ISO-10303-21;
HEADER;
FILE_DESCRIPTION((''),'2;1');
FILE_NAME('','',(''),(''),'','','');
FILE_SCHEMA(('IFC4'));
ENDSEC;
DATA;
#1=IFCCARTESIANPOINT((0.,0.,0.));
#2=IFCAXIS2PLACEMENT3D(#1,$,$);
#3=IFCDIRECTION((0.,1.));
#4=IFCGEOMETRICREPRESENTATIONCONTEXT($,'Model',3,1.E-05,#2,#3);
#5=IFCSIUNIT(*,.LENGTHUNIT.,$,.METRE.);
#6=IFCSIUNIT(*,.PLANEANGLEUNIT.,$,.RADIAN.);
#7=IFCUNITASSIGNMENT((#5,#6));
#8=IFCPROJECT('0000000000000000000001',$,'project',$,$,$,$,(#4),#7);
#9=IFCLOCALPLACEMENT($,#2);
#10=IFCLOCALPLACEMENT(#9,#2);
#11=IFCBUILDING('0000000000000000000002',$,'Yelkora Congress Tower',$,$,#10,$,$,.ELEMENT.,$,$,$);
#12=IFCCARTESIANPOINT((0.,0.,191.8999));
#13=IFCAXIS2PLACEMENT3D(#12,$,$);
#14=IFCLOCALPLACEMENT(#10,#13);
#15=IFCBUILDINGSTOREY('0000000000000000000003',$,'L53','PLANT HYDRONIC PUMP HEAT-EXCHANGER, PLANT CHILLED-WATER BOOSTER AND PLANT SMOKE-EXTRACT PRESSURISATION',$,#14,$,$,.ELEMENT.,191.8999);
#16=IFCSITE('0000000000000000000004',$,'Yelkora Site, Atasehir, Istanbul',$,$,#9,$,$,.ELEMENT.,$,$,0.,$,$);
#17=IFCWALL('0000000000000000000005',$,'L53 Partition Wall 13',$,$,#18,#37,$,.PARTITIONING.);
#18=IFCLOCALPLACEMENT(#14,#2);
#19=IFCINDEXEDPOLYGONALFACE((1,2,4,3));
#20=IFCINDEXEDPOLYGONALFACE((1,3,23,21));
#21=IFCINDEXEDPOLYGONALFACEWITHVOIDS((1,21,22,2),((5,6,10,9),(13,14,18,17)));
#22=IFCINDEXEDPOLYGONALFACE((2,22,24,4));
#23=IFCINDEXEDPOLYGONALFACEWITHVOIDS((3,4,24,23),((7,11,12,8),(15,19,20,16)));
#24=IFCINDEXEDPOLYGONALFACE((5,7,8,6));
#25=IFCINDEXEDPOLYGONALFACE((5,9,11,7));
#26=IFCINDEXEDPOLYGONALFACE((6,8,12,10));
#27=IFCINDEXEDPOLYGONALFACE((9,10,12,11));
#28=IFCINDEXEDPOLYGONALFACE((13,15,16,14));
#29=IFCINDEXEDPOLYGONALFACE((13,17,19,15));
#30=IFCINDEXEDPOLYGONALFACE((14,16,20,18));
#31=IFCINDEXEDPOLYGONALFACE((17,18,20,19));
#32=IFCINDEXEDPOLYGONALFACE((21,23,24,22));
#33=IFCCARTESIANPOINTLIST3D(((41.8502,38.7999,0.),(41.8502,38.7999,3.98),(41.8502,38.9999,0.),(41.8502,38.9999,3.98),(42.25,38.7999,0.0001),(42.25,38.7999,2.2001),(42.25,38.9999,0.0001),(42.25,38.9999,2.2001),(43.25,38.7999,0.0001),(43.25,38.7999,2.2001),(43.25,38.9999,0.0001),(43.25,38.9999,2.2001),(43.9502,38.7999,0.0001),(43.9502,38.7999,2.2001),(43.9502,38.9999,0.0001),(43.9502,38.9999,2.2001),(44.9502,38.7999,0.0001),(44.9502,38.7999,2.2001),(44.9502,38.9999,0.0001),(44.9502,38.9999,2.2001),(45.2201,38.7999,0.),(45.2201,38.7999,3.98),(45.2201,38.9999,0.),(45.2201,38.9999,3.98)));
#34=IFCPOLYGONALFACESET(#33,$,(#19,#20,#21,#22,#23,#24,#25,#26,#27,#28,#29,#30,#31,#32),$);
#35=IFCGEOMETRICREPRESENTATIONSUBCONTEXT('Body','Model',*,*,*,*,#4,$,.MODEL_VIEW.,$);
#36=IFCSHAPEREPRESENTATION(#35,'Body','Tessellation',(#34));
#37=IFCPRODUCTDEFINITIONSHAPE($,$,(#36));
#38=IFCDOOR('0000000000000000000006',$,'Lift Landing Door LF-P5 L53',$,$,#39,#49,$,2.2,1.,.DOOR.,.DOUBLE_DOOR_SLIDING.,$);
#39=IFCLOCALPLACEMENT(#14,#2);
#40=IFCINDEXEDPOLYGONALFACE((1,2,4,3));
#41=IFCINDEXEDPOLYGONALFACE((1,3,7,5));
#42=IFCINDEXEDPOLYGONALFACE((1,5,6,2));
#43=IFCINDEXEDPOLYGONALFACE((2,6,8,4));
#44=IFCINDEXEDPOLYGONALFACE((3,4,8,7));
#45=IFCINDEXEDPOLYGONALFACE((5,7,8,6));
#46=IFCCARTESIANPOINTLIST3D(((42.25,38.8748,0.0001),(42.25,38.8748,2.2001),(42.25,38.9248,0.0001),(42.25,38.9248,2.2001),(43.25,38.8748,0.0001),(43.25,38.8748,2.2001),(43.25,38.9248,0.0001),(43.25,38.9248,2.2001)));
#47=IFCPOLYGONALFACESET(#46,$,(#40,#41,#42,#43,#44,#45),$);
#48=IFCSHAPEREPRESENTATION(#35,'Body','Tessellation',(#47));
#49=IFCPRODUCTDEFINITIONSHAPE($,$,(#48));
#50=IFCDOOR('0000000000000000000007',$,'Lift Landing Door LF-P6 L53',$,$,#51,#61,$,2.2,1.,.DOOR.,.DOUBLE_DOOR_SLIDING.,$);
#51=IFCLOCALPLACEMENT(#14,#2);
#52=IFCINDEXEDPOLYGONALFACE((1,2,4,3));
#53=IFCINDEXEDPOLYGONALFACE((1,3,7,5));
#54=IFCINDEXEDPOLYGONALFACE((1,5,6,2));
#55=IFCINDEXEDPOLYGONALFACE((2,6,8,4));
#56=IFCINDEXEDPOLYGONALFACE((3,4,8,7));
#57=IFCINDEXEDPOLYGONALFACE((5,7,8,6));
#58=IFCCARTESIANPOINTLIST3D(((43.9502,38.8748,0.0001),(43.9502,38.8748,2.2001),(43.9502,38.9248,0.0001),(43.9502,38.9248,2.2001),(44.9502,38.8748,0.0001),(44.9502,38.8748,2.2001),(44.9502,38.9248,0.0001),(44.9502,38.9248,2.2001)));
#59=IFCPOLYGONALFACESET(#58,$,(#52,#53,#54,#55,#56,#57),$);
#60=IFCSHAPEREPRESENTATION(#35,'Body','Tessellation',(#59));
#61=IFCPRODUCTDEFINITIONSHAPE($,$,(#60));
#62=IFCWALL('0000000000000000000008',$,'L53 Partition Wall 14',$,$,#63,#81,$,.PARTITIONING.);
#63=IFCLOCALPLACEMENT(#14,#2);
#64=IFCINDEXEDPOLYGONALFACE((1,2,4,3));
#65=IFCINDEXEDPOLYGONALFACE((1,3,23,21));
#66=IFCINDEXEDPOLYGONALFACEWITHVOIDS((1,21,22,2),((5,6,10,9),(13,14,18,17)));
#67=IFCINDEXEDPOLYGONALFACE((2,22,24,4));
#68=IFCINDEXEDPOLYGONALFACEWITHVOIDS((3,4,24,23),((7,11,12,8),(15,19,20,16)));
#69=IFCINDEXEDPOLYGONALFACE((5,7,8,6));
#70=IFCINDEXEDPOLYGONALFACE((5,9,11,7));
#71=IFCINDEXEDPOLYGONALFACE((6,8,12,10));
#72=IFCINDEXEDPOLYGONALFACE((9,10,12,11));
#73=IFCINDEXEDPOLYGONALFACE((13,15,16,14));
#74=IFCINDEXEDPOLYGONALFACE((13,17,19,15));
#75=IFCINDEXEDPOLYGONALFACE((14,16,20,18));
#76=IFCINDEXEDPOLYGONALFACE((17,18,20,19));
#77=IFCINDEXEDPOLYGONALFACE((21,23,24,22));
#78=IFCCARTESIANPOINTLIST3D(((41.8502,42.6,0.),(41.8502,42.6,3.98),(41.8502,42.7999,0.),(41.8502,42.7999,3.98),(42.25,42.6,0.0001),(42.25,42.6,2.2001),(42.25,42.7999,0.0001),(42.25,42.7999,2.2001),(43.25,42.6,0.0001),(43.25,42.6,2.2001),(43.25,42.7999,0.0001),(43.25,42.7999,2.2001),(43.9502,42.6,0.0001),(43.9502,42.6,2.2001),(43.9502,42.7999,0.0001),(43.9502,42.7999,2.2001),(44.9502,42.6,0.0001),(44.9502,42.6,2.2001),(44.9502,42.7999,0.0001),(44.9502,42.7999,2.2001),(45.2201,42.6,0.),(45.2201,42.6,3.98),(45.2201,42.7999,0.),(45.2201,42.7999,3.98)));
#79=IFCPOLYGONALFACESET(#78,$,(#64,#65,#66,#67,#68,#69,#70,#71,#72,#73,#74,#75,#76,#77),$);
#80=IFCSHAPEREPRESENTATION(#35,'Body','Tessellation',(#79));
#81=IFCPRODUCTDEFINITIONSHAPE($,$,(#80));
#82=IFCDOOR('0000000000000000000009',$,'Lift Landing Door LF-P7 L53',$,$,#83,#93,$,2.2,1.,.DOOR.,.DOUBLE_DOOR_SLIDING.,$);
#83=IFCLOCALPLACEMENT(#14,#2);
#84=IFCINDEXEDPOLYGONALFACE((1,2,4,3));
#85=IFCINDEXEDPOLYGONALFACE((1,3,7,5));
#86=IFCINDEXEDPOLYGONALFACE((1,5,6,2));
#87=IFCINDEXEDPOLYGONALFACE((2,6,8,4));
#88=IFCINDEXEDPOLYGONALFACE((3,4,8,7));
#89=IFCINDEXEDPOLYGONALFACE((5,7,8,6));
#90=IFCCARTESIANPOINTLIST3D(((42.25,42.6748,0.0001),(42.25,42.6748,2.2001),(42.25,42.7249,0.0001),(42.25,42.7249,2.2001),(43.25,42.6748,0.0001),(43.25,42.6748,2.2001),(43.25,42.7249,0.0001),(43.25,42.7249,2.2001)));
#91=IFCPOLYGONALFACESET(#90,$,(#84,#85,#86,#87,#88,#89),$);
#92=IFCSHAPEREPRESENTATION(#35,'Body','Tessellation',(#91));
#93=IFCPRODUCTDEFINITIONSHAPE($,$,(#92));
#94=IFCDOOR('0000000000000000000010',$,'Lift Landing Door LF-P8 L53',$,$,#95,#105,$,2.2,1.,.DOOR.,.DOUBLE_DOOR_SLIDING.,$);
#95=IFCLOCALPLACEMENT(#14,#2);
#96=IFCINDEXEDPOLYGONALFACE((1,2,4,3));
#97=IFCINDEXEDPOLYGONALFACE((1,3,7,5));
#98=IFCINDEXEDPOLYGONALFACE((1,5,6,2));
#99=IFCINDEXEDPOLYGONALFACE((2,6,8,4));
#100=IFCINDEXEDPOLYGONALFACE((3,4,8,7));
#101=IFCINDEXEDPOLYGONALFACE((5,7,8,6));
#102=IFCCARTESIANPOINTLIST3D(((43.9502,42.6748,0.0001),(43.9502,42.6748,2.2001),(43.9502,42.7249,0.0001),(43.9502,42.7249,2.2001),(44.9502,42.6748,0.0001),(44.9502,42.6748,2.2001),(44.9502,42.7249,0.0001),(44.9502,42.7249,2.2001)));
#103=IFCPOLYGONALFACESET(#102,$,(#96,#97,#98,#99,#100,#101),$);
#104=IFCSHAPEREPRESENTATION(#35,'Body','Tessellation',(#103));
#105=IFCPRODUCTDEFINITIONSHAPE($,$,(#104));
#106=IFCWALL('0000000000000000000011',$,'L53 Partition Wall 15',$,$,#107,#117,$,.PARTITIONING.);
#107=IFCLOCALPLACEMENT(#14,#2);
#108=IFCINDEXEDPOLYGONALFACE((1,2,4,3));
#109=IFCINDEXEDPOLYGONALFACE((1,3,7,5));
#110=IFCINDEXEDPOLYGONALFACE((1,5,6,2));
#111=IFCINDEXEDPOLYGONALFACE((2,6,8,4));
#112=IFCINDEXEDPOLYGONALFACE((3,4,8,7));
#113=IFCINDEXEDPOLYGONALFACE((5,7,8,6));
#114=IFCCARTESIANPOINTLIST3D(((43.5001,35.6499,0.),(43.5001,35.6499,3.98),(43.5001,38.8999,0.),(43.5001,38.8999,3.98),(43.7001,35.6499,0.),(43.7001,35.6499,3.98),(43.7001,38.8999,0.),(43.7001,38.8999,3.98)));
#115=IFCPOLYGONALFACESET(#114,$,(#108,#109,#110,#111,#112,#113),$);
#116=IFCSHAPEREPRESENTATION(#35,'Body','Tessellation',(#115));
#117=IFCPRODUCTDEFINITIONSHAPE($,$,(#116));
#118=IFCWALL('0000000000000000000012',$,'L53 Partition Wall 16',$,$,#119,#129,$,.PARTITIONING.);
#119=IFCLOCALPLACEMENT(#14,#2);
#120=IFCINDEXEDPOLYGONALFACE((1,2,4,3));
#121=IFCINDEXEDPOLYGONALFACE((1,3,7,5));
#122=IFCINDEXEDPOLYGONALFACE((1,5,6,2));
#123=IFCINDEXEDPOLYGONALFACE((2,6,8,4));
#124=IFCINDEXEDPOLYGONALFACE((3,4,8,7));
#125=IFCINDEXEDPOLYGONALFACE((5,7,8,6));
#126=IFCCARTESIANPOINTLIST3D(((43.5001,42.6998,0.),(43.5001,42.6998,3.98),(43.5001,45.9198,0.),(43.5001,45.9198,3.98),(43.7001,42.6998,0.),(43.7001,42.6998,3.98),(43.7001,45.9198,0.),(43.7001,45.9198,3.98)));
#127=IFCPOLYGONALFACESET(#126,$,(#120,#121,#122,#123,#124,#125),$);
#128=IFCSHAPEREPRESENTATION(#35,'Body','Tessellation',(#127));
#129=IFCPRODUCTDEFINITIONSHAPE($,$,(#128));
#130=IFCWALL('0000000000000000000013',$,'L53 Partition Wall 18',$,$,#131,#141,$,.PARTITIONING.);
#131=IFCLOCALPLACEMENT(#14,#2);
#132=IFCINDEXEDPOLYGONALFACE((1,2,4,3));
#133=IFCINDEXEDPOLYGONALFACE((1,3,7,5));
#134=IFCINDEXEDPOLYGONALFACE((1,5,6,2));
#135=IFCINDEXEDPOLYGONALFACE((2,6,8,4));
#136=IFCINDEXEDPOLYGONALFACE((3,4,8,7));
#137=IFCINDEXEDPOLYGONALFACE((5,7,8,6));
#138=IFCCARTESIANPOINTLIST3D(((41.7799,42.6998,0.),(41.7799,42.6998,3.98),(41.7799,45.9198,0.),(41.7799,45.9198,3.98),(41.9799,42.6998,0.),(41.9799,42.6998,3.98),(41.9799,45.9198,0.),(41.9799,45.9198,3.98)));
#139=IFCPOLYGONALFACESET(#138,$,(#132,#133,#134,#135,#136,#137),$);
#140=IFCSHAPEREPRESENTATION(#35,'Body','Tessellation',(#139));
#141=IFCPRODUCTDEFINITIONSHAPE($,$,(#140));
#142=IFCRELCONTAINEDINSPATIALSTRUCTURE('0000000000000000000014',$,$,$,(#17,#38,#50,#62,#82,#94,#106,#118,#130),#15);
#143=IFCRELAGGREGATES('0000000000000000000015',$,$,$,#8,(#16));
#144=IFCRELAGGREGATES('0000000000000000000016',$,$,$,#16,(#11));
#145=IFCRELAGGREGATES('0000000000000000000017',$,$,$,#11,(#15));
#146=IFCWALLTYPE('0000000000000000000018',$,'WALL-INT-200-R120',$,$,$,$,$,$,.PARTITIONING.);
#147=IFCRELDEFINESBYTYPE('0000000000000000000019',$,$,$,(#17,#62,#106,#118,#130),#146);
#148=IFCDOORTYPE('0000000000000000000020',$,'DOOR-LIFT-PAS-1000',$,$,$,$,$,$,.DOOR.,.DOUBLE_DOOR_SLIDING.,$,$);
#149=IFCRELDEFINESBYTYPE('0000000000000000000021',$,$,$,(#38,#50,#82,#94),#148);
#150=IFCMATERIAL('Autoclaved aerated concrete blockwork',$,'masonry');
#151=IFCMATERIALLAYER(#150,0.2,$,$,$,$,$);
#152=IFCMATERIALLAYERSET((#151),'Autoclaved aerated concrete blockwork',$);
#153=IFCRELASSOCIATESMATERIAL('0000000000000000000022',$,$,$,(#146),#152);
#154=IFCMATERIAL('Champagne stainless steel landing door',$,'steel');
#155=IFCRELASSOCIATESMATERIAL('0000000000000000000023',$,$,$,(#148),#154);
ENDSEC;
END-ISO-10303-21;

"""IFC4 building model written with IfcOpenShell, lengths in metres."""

from ifc_helpers import new_model, si_unit, direction, frame, frame_2d, origin, place, context, subcontext, project, spatial, rectangle, extrude, material, layer, layer_set, type_object, element, fill, save


model = new_model("IFC4")

# Units and contexts
model_context = context("Model", 3, precision=1e-05, world=origin(), true_north=direction((0.0, 1.0)))
body_context = subcontext(model_context, "Body", "Model", "MODEL_VIEW")
ifc_project = project(units=[si_unit("LENGTHUNIT", "METRE"), si_unit("PLANEANGLEUNIT", "RADIAN")], contexts=[model_context])

# Site, building, storey
site_placement = place(None, origin())
site = spatial("IfcSite", under=ifc_project, at=site_placement, Name="Yelkora Site, Atasehir, Istanbul", CompositionType="ELEMENT", RefElevation=0.0)
building_placement = place(site_placement, origin())
building = spatial("IfcBuilding", under=site, at=building_placement, Name="Yelkora Congress Tower", CompositionType="ELEMENT")
storey_placement = place(building_placement, frame((0.0, 0.0, 191.8999)))
storey = spatial("IfcBuildingStorey", under=building, at=storey_placement, Name="L53", Description="PLANT HYDRONIC PUMP HEAT-EXCHANGER, PLANT CHILLED-WATER BOOSTER AND PLANT SMOKE-EXTRACT PRESSURISATION", CompositionType="ELEMENT", Elevation=191.8999)

# Shared definitions
ifc_material_1 = material(Name="Autoclaved aerated concrete blockwork", Category="masonry")
ifc_layer_1 = layer(ifc_material_1, 0.2)
ifc_layer_set_1 = layer_set([ifc_layer_1], Name="Autoclaved aerated concrete blockwork")
wall_type_1 = type_object("IfcWallType", Name="WALL-INT-200-R120", PredefinedType="PARTITIONING", material=ifc_layer_set_1)

# Walls, openings, doors
wall_1_placement = place(storey_placement, frame((41.8501, 38.8999, 0.0), z_axis=(0.0, 0.0, 1.0), x_axis=(1.0, 0.0, 0.0)))
wall_1 = element("IfcWall", 1, at=wall_1_placement, inside=storey, type_object=wall_type_1, Name="L53 Partition Wall 13", PredefinedType="PARTITIONING", context=body_context, shape_type="SweptSolid", body=[
    extrude(rectangle(XDim=3.3699, YDim=0.2, at=frame_2d((1.6851, 0.0))), origin(), (0.0, 0.0, 1.0), 3.98),
])
opening_1_placement = place(wall_1_placement, frame((0.3999, 0.0, 0.0)))
opening_1 = element("IfcOpeningElement", 2, at=opening_1_placement, cuts=wall_1, PredefinedType="OPENING", context=body_context, shape_type="SweptSolid", body=[
    extrude(rectangle(XDim=1.0, YDim=2.2, at=frame_2d((0.5, 1.1001))), frame((0.0, 0.1099, 0.0), z_axis=(0.0, -1.0, 0.0), x_axis=(1.0, 0.0, 0.0)), (0.0, 0.0, 1.0), 0.22),
])
opening_2_placement = place(wall_1_placement, frame((2.1001, 0.0, 0.0)))
opening_2 = element("IfcOpeningElement", 3, at=opening_2_placement, cuts=wall_1, PredefinedType="OPENING", context=body_context, shape_type="SweptSolid", body=[
    extrude(rectangle(XDim=1.0, YDim=2.2, at=frame_2d((0.5, 1.1001))), frame((0.0, 0.1099, 0.0), z_axis=(0.0, -1.0, 0.0), x_axis=(1.0, 0.0, 0.0)), (0.0, 0.0, 1.0), 0.22),
])
ifc_material_2 = material(Name="Champagne stainless steel landing door", Category="steel")
door_type_1 = type_object("IfcDoorType", Name="DOOR-LIFT-PAS-1000", OperationType="DOUBLE_DOOR_SLIDING", PredefinedType="DOOR", material=ifc_material_2)
door_1_placement = place(opening_1_placement, origin())
door_1 = element("IfcDoor", 4, at=door_1_placement, inside=storey, type_object=door_type_1, Name="Lift Landing Door LF-P5 L53", OperationType="DOUBLE_DOOR_SLIDING", OverallHeight=2.2, OverallWidth=1.0, PredefinedType="DOOR", context=body_context, shape_type="SweptSolid", body=[
    extrude(rectangle(XDim=1.0, YDim=2.2, at=frame_2d((0.5, 1.1001))), frame((0.0, 0.0249, 0.0), z_axis=(0.0, -1.0, 0.0), x_axis=(1.0, 0.0, 0.0)), (0.0, 0.0, 1.0), 0.05),
])
fill(opening_1, door_1)
door_2_placement = place(opening_2_placement, origin())
door_2 = element("IfcDoor", 5, at=door_2_placement, inside=storey, type_object=door_type_1, Name="Lift Landing Door LF-P6 L53", OperationType="DOUBLE_DOOR_SLIDING", OverallHeight=2.2, OverallWidth=1.0, PredefinedType="DOOR", context=body_context, shape_type="SweptSolid", body=[
    extrude(rectangle(XDim=1.0, YDim=2.2, at=frame_2d((0.5, 1.1001))), frame((0.0, 0.0249, 0.0), z_axis=(0.0, -1.0, 0.0), x_axis=(1.0, 0.0, 0.0)), (0.0, 0.0, 1.0), 0.05),
])
fill(opening_2, door_2)
wall_2_placement = place(storey_placement, frame((41.8501, 42.7, 0.0), z_axis=(0.0, 0.0, 1.0), x_axis=(1.0, 0.0, 0.0)))
wall_2 = element("IfcWall", 6, at=wall_2_placement, inside=storey, type_object=wall_type_1, Name="L53 Partition Wall 14", PredefinedType="PARTITIONING", context=body_context, shape_type="SweptSolid", body=[
    extrude(rectangle(XDim=3.3699, YDim=0.2, at=frame_2d((1.6851, 0.0))), origin(), (0.0, 0.0, 1.0), 3.98),
])
opening_3_placement = place(wall_2_placement, frame((0.3999, 0.0, 0.0)))
opening_3 = element("IfcOpeningElement", 7, at=opening_3_placement, cuts=wall_2, PredefinedType="OPENING", context=body_context, shape_type="SweptSolid", body=[
    extrude(rectangle(XDim=1.0, YDim=2.2, at=frame_2d((0.5, 1.1001))), frame((0.0, 0.1099, 0.0), z_axis=(0.0, -1.0, 0.0), x_axis=(1.0, 0.0, 0.0)), (0.0, 0.0, 1.0), 0.22),
])
opening_4_placement = place(wall_2_placement, frame((2.1001, 0.0, 0.0)))
opening_4 = element("IfcOpeningElement", 8, at=opening_4_placement, cuts=wall_2, PredefinedType="OPENING", context=body_context, shape_type="SweptSolid", body=[
    extrude(rectangle(XDim=1.0, YDim=2.2, at=frame_2d((0.5, 1.1001))), frame((0.0, 0.1099, 0.0), z_axis=(0.0, -1.0, 0.0), x_axis=(1.0, 0.0, 0.0)), (0.0, 0.0, 1.0), 0.22),
])
door_3_placement = place(opening_3_placement, origin())
door_3 = element("IfcDoor", 9, at=door_3_placement, inside=storey, type_object=door_type_1, Name="Lift Landing Door LF-P7 L53", OperationType="DOUBLE_DOOR_SLIDING", OverallHeight=2.2, OverallWidth=1.0, PredefinedType="DOOR", context=body_context, shape_type="SweptSolid", body=[
    extrude(rectangle(XDim=1.0, YDim=2.2, at=frame_2d((0.5, 1.1001))), frame((0.0, 0.0249, 0.0), z_axis=(0.0, -1.0, 0.0), x_axis=(1.0, 0.0, 0.0)), (0.0, 0.0, 1.0), 0.05),
])
fill(opening_3, door_3)
door_4_placement = place(opening_4_placement, origin())
door_4 = element("IfcDoor", 10, at=door_4_placement, inside=storey, type_object=door_type_1, Name="Lift Landing Door LF-P8 L53", OperationType="DOUBLE_DOOR_SLIDING", OverallHeight=2.2, OverallWidth=1.0, PredefinedType="DOOR", context=body_context, shape_type="SweptSolid", body=[
    extrude(rectangle(XDim=1.0, YDim=2.2, at=frame_2d((0.5, 1.1001))), frame((0.0, 0.0249, 0.0), z_axis=(0.0, -1.0, 0.0), x_axis=(1.0, 0.0, 0.0)), (0.0, 0.0, 1.0), 0.05),
])
fill(opening_4, door_4)

# Walls
wall_3_placement = place(storey_placement, frame((43.6001, 35.6499, 0.0), z_axis=(0.0, 0.0, 1.0), x_axis=(0.0, 1.0, 0.0)))
element("IfcWall", 11, at=wall_3_placement, inside=storey, type_object=wall_type_1, Name="L53 Partition Wall 15", PredefinedType="PARTITIONING", context=body_context, shape_type="SweptSolid", body=[
    extrude(rectangle(XDim=3.25, YDim=0.2, at=frame_2d((1.625, 0.0))), origin(), (0.0, 0.0, 1.0), 3.98),
])
for number, where, z_axis, x_axis, name in (
    (12, (43.6001, 42.7, 0.0), (0.0, 0.0, 1.0), (0.0, 1.0, 0.0), "L53 Partition Wall 16"),
    (13, (41.8799, 42.7, 0.0), (0.0, 0.0, 1.0), (0.0, 1.0, 0.0), "L53 Partition Wall 18"),
):
    element("IfcWall", number, at=place(storey_placement, frame(where, z_axis=z_axis, x_axis=x_axis)), inside=storey, type_object=wall_type_1, Name=name, PredefinedType="PARTITIONING", context=body_context, shape_type="SweptSolid", body=[
        extrude(rectangle(XDim=3.22, YDim=0.2, at=frame_2d((1.6099, 0.0))), origin(), (0.0, 0.0, 1.0), 3.98),
    ])

save(model, "model.ifc")
